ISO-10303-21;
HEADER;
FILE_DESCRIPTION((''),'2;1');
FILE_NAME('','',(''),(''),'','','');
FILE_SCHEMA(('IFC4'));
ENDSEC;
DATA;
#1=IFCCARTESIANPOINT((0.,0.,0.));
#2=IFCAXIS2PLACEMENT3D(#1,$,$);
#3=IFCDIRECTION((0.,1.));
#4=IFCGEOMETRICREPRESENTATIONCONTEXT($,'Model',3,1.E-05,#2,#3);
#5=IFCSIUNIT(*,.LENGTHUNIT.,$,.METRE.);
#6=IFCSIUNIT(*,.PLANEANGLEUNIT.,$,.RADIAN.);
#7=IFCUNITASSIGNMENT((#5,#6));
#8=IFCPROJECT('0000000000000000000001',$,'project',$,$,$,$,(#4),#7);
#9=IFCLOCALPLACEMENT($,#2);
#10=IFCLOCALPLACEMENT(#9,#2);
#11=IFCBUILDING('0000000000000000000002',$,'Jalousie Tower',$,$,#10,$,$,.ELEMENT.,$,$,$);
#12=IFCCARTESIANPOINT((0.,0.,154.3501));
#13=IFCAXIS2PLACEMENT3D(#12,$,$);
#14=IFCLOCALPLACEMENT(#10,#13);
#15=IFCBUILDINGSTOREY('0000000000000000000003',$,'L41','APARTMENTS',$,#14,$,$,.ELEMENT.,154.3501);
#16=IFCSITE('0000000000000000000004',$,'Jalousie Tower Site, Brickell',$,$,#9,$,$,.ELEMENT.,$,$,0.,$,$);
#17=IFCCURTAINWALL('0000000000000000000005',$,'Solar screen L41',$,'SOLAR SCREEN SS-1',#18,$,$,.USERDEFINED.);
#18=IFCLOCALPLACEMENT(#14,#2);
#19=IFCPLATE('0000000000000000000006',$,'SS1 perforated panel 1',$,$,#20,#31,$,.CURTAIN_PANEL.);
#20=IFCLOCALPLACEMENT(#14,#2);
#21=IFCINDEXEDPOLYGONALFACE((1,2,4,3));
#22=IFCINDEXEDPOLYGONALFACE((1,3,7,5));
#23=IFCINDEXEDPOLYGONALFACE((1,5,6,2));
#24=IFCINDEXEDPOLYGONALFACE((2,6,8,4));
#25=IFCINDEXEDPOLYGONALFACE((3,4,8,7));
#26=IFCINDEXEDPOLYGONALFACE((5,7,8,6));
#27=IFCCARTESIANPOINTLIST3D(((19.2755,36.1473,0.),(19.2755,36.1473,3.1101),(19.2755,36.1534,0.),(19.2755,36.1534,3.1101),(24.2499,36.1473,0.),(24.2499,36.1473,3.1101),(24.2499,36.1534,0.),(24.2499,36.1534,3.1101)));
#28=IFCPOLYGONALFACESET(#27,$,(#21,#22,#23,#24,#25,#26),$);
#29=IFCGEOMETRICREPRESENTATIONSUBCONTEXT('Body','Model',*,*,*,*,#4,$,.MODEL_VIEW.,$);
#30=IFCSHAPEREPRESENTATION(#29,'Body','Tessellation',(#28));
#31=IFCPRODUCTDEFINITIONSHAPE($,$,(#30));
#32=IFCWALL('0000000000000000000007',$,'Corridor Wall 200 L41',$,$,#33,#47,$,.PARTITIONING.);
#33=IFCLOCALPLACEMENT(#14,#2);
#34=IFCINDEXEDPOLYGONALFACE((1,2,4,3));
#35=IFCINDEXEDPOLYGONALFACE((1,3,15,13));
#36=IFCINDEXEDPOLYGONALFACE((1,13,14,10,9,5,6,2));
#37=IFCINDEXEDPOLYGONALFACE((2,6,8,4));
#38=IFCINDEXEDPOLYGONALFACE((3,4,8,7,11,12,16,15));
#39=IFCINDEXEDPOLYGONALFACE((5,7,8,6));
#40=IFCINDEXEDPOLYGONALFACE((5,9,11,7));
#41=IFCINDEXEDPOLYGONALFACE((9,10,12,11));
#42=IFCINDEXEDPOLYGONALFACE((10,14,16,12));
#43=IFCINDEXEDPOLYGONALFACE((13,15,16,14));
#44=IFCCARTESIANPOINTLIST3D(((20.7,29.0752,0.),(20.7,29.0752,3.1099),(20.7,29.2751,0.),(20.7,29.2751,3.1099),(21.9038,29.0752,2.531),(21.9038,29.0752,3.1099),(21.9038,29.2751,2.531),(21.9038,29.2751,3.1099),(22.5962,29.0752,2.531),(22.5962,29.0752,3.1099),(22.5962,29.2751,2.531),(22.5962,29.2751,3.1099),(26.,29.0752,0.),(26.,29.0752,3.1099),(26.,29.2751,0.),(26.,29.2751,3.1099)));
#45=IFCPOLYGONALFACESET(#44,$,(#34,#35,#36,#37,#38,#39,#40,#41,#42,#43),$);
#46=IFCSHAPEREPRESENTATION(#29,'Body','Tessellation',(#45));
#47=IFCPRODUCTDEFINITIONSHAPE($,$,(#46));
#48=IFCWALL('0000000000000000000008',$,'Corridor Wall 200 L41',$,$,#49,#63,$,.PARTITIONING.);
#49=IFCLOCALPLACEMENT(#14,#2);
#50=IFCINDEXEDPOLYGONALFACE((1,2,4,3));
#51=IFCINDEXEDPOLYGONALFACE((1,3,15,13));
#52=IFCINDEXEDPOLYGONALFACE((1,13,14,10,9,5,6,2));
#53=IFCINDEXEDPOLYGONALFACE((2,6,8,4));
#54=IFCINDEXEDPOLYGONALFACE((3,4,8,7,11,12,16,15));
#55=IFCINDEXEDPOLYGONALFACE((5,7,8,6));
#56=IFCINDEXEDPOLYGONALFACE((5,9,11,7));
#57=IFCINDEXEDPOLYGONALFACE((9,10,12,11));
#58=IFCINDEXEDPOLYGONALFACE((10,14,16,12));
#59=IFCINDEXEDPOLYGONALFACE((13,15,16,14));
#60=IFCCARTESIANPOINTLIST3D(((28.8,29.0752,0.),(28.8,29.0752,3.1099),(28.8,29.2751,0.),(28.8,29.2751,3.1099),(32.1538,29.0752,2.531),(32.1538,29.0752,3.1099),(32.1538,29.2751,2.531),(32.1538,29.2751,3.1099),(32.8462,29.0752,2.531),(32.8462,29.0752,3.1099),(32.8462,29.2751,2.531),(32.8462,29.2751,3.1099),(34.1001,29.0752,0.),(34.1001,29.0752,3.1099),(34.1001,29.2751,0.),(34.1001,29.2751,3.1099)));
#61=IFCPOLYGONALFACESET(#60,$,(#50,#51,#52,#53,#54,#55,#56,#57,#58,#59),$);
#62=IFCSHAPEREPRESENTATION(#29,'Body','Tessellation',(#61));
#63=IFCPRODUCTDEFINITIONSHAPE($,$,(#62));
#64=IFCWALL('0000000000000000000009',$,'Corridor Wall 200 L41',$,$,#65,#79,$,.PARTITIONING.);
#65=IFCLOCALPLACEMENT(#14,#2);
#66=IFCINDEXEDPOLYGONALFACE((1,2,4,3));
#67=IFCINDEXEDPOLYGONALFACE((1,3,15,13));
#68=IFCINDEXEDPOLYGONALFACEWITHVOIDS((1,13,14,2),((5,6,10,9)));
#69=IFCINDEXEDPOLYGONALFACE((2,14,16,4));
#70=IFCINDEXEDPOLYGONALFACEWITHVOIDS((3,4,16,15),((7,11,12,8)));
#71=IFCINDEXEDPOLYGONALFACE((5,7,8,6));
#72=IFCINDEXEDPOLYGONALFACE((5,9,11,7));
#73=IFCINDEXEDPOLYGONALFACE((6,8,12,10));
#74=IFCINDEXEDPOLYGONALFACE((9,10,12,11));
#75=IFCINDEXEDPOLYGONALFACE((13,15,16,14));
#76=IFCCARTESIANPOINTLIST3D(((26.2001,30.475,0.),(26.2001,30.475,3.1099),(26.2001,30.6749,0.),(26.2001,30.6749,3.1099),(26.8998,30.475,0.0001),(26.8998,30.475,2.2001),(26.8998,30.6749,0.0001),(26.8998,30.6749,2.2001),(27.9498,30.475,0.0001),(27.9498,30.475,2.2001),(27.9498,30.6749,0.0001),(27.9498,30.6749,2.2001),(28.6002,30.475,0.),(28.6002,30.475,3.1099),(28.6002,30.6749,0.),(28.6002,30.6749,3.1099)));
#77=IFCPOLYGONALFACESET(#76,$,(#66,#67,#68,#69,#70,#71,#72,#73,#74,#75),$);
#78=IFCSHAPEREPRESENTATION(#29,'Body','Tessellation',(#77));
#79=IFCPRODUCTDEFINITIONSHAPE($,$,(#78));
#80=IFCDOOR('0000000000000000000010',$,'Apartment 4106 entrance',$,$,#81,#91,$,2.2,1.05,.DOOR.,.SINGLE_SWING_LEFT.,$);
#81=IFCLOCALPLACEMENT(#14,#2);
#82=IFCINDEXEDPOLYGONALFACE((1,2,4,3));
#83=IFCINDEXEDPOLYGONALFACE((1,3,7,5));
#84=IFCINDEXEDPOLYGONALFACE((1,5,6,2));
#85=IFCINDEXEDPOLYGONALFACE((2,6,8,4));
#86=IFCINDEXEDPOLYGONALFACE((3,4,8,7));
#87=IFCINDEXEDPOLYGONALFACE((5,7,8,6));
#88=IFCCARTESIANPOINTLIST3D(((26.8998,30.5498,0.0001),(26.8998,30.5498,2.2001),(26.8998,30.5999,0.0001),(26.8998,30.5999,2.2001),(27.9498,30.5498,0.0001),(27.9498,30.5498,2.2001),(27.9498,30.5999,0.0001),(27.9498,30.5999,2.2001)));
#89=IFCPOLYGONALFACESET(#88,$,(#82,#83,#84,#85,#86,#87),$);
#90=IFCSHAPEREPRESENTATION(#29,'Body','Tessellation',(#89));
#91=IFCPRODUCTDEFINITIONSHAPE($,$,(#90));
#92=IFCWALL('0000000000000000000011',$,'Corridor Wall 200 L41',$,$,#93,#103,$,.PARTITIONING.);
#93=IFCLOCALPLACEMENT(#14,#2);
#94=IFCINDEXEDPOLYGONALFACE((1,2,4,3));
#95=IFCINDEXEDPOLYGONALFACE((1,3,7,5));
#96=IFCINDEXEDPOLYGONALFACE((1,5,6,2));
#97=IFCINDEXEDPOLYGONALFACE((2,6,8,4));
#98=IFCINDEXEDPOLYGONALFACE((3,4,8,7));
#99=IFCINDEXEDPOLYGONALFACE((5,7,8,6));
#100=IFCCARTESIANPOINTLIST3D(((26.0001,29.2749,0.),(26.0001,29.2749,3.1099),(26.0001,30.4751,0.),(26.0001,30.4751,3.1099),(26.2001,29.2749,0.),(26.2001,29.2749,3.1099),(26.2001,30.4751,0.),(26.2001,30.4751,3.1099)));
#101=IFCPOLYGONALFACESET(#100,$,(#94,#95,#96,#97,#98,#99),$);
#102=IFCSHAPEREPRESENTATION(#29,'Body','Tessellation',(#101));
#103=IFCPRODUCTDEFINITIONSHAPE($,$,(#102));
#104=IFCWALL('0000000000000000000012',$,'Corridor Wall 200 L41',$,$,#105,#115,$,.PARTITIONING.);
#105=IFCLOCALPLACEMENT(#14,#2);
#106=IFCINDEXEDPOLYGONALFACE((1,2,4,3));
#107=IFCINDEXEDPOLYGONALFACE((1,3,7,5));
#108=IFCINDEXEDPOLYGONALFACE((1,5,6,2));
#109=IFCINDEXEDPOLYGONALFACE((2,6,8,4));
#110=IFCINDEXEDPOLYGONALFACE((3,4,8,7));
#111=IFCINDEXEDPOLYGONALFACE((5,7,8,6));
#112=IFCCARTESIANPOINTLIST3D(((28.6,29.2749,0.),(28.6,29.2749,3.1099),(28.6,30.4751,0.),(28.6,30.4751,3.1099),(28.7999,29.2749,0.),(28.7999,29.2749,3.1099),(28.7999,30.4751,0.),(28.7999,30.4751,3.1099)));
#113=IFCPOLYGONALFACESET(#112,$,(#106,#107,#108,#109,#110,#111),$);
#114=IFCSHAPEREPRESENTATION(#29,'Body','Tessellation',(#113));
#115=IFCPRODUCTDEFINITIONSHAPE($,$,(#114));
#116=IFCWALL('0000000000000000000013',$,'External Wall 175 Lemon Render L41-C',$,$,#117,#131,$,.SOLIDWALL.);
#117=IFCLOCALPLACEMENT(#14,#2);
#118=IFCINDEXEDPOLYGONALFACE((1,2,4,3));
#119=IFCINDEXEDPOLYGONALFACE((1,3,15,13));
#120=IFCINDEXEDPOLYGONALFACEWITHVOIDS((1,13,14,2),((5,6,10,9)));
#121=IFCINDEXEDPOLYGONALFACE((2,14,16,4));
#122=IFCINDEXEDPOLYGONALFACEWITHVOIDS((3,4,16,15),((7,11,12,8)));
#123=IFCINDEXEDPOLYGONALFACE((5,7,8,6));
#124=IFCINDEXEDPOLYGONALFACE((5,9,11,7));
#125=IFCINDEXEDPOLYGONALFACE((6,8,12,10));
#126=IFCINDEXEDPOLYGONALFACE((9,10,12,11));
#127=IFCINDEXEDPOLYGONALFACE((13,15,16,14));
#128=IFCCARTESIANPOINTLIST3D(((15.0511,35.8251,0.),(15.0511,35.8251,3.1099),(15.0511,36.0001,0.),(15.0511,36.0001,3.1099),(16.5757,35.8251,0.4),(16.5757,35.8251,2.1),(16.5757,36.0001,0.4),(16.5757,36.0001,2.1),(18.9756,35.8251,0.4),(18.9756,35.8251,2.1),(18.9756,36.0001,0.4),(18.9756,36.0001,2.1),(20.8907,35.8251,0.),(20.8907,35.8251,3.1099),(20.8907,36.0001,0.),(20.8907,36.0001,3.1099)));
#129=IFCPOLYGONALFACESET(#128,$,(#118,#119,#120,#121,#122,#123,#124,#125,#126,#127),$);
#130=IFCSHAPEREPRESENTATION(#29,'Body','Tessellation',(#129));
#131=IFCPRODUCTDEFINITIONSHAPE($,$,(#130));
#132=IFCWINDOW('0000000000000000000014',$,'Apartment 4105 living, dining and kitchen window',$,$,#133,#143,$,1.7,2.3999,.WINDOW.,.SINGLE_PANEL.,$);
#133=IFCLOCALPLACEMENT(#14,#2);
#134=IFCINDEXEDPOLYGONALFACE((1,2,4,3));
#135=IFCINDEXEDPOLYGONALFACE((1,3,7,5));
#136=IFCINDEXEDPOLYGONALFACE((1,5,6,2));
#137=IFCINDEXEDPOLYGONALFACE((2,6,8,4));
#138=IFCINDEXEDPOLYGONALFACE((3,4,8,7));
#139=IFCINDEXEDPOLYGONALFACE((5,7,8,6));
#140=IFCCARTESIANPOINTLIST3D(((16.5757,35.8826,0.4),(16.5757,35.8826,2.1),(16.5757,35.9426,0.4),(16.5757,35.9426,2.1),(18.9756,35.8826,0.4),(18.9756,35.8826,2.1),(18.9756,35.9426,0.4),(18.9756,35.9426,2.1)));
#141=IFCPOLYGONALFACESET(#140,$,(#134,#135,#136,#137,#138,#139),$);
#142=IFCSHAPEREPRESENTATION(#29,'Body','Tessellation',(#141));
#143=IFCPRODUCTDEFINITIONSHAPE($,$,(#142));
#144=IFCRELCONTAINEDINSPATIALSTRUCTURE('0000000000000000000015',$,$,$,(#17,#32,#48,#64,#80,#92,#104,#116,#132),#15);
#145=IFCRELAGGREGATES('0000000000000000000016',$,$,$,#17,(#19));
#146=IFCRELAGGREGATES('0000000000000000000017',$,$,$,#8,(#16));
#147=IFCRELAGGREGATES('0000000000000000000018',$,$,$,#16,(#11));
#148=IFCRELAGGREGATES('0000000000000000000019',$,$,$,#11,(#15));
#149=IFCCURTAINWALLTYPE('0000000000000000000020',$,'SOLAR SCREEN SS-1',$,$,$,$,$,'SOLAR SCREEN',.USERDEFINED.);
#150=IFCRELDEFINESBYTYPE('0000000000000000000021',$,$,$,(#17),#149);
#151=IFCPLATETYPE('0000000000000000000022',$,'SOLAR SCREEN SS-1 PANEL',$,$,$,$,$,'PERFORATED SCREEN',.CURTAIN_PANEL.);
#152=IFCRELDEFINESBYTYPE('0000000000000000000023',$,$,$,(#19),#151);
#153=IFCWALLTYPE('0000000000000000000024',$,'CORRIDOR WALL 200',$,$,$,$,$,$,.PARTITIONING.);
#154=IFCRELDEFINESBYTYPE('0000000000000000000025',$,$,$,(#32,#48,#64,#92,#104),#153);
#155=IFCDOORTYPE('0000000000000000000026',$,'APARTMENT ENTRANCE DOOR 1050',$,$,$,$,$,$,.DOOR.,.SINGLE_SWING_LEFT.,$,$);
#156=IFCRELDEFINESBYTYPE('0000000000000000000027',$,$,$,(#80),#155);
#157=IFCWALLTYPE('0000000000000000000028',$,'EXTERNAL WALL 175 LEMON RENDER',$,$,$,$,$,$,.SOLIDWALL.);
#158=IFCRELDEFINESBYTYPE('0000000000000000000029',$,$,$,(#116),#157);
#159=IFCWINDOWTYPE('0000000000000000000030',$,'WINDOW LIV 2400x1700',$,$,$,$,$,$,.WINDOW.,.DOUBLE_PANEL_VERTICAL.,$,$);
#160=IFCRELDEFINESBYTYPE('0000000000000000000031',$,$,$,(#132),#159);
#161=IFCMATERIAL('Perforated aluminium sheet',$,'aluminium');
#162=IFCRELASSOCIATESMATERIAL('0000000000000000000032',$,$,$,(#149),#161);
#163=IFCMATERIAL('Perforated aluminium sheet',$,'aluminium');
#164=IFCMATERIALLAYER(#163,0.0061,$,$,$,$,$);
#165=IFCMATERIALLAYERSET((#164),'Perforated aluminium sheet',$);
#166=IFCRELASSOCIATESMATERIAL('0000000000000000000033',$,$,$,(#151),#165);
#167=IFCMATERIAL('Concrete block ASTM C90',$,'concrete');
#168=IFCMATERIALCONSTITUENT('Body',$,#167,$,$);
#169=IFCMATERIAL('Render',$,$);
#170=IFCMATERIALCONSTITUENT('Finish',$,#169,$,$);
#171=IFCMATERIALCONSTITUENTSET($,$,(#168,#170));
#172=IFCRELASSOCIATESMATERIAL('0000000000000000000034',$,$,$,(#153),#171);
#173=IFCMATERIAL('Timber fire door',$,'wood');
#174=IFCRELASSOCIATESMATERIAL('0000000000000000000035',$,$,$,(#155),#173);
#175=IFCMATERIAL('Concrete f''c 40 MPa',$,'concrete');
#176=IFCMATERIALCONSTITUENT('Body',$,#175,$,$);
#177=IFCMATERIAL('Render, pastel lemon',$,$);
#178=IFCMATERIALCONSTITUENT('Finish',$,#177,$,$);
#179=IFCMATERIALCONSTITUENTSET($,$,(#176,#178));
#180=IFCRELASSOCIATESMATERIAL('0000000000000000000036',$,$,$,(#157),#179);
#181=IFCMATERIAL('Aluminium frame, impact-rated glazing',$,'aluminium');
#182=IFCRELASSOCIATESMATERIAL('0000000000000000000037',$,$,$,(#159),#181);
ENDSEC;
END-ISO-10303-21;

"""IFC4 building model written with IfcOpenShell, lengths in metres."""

from ifc_helpers import new_model, si_unit, direction, frame, frame_2d, origin, origin_2d, place, context, subcontext, project, spatial, polyline, rectangle, outline, extrude, material, layer, layer_set, constituent, constituent_set, type_object, element, fill, aggregate, save


model = new_model("IFC4")

# Units and contexts
model_context = context("Model", 3, precision=1e-05, world=origin(), true_north=direction((0.0, 1.0)))
body_context = subcontext(model_context, "Body", "Model", "MODEL_VIEW")
ifc_project = project(units=[si_unit("LENGTHUNIT", "METRE"), si_unit("PLANEANGLEUNIT", "RADIAN")], contexts=[model_context])

# Site, building, storey
site_placement = place(None, origin())
site = spatial("IfcSite", under=ifc_project, at=site_placement, Name="Jalousie Tower Site, Brickell", CompositionType="ELEMENT", RefElevation=0.0)
building_placement = place(site_placement, origin())
building = spatial("IfcBuilding", under=site, at=building_placement, Name="Jalousie Tower", CompositionType="ELEMENT")
storey_placement = place(building_placement, frame((0.0, 0.0, 154.3501)))
storey = spatial("IfcBuildingStorey", under=building, at=storey_placement, Name="L41", Description="APARTMENTS", CompositionType="ELEMENT", Elevation=154.3501)

# Shared definitions
ifc_material_1 = material(Name="Perforated aluminium sheet", Category="aluminium")
curtain_wall_type = type_object("IfcCurtainWallType", Name="SOLAR SCREEN SS-1", ElementType="SOLAR SCREEN", PredefinedType="USERDEFINED", material=ifc_material_1)

# Curtain wall, plate
curtain_wall_1_placement = place(storey_placement, origin())
curtain_wall_1 = element("IfcCurtainWall", 1, at=curtain_wall_1_placement, inside=storey, type_object=curtain_wall_type, Name="Solar screen L41", ObjectType="SOLAR SCREEN SS-1", PredefinedType="USERDEFINED")
ifc_material_2 = material(Name="Perforated aluminium sheet", Category="aluminium")
ifc_layer_1 = layer(ifc_material_2, 0.0061)
ifc_layer_set_1 = layer_set([ifc_layer_1], Name="Perforated aluminium sheet")
plate_type = type_object("IfcPlateType", Name="SOLAR SCREEN SS-1 PANEL", ElementType="PERFORATED SCREEN", PredefinedType="CURTAIN_PANEL", material=ifc_layer_set_1)
plate_placement = place(storey_placement, frame((21.7627, 36.1504, 0.0), z_axis=(0.0, 0.0, 1.0), x_axis=(-1.0, 0.0, 0.0)))
plate = element("IfcPlate", 2, at=plate_placement, type_object=plate_type, Name="SS1 perforated panel 1", PredefinedType="CURTAIN_PANEL", context=body_context, shape_type="SweptSolid", body=[
    extrude(rectangle(XDim=4.9744, YDim=0.0061, at=origin_2d()), origin(), (0.0, 0.0, 1.0), 3.1101),
])
aggregate(curtain_wall_1, [plate])

# Walls
ifc_material_3 = material(Name="Concrete block ASTM C90", Category="concrete")
ifc_constituent_1 = constituent(ifc_material_3, Name="Body")
ifc_material_4 = material(Name="Render")
ifc_constituent_2 = constituent(ifc_material_4, Name="Finish")
ifc_constituent_set_1 = constituent_set(constituents=[ifc_constituent_1, ifc_constituent_2])
wall_type_1 = type_object("IfcWallType", Name="CORRIDOR WALL 200", PredefinedType="PARTITIONING", material=ifc_constituent_set_1)
wall_1_placement = place(storey_placement, frame((20.7, 29.175, 0.0), z_axis=(0.0, 0.0, 1.0), x_axis=(1.0, 0.0, 0.0)))
element("IfcWall", 3, at=wall_1_placement, inside=storey, type_object=wall_type_1, Name="Corridor Wall 200 L41", PredefinedType="PARTITIONING", context=body_context, shape_type="SweptSolid", body=[
    extrude(outline(polyline([(0.0, 0.0), (5.3, 0.0), (5.3, 3.1099), (1.8962, 3.1099), (1.8962, 2.531), (1.2039, 2.531), (1.2039, 3.1099), (0.0, 3.1099), (0.0, 0.0)])), frame((0.0, 0.1001, 0.0), z_axis=(0.0, -1.0, 0.0), x_axis=(1.0, 0.0, 0.0)), (0.0, 0.0, 1.0), 0.2),
])
wall_2_placement = place(storey_placement, frame((28.8, 29.175, 0.0), z_axis=(0.0, 0.0, 1.0), x_axis=(1.0, 0.0, 0.0)))
element("IfcWall", 4, at=wall_2_placement, inside=storey, type_object=wall_type_1, Name="Corridor Wall 200 L41", PredefinedType="PARTITIONING", context=body_context, shape_type="SweptSolid", body=[
    extrude(outline(polyline([(0.0, 0.0), (5.3, 0.0), (5.3, 3.1099), (4.0461, 3.1099), (4.0461, 2.531), (3.3538, 2.531), (3.3538, 3.1099), (0.0, 3.1099), (0.0, 0.0)])), frame((0.0, 0.1001, 0.0), z_axis=(0.0, -1.0, 0.0), x_axis=(1.0, 0.0, 0.0)), (0.0, 0.0, 1.0), 0.2),
])

# Wall, opening, door
wall_3_placement = place(storey_placement, frame((26.2, 30.575, 0.0), z_axis=(0.0, 0.0, 1.0), x_axis=(1.0, 0.0, 0.0)))
wall_3 = element("IfcWall", 5, at=wall_3_placement, inside=storey, type_object=wall_type_1, Name="Corridor Wall 200 L41", PredefinedType="PARTITIONING", context=body_context, shape_type="SweptSolid", body=[
    extrude(rectangle(XDim=2.4001, YDim=0.2, at=frame_2d((1.2002, 0.0))), origin(), (0.0, 0.0, 1.0), 3.1099),
])
opening_1_placement = place(wall_3_placement, frame((0.7, 0.0, 0.0)))
opening_1 = element("IfcOpeningElement", 6, at=opening_1_placement, cuts=wall_3, PredefinedType="OPENING", context=body_context, shape_type="SweptSolid", body=[
    extrude(rectangle(XDim=1.05, YDim=2.2, at=frame_2d((0.5249, 1.1001))), frame((0.0, 0.1099, 0.0), z_axis=(0.0, -1.0, 0.0), x_axis=(1.0, 0.0, 0.0)), (0.0, 0.0, 1.0), 0.22),
])
ifc_material_5 = material(Name="Timber fire door", Category="wood")
door_type_1 = type_object("IfcDoorType", Name="APARTMENT ENTRANCE DOOR 1050", OperationType="SINGLE_SWING_LEFT", PredefinedType="DOOR", material=ifc_material_5)
door_1_placement = place(opening_1_placement, origin())
door_1 = element("IfcDoor", 7, at=door_1_placement, inside=storey, type_object=door_type_1, Name="Apartment 4106 entrance", OperationType="SINGLE_SWING_LEFT", OverallHeight=2.2, OverallWidth=1.05, PredefinedType="DOOR", context=body_context, shape_type="SweptSolid", body=[
    extrude(rectangle(XDim=1.05, YDim=2.2, at=frame_2d((0.5249, 1.1001))), frame((0.0, 0.0249, 0.0), z_axis=(0.0, -1.0, 0.0), x_axis=(1.0, 0.0, 0.0)), (0.0, 0.0, 1.0), 0.05),
])
fill(opening_1, door_1)

# Walls
for number, where, z_axis, x_axis, name in (
    (8, (26.1001, 29.2749, 0.0), (0.0, 0.0, 1.0), (0.0, 1.0, 0.0), "Corridor Wall 200 L41"),
    (9, (28.7, 29.2749, 0.0), (0.0, 0.0, 1.0), (0.0, 1.0, 0.0), "Corridor Wall 200 L41"),
):
    element("IfcWall", number, at=place(storey_placement, frame(where, z_axis=z_axis, x_axis=x_axis)), inside=storey, type_object=wall_type_1, Name=name, PredefinedType="PARTITIONING", context=body_context, shape_type="SweptSolid", body=[
        extrude(rectangle(XDim=1.2002, YDim=0.2, at=frame_2d((0.6001, 0.0))), origin(), (0.0, 0.0, 1.0), 3.1099),
    ])

# Wall, opening, window
ifc_material_6 = material(Name="Concrete f'c 40 MPa", Category="concrete")
ifc_constituent_3 = constituent(ifc_material_6, Name="Body")
ifc_material_7 = material(Name="Render, pastel lemon")
ifc_constituent_4 = constituent(ifc_material_7, Name="Finish")
ifc_constituent_set_2 = constituent_set(constituents=[ifc_constituent_3, ifc_constituent_4])
wall_type_2 = type_object("IfcWallType", Name="EXTERNAL WALL 175 LEMON RENDER", PredefinedType="SOLIDWALL", material=ifc_constituent_set_2)
wall_4_placement = place(storey_placement, frame((20.8909, 35.9126, 0.0), z_axis=(0.0, 0.0, 1.0), x_axis=(-1.0, 0.0, 0.0)))
wall_4 = element("IfcWall", 10, at=wall_4_placement, inside=storey, type_object=wall_type_2, Name="External Wall 175 Lemon Render L41-C", PredefinedType="SOLIDWALL", context=body_context, shape_type="SweptSolid", body=[
    extrude(rectangle(XDim=5.8396, YDim=0.175, at=frame_2d((2.9199, 0.0))), origin(), (0.0, 0.0, 1.0), 3.1099),
])
opening_2_placement = place(wall_4_placement, frame((1.9153, 0.0, 0.3999)))
opening_2 = element("IfcOpeningElement", 11, at=opening_2_placement, cuts=wall_4, PredefinedType="OPENING", context=body_context, shape_type="SweptSolid", body=[
    extrude(rectangle(XDim=2.3999, YDim=1.7, at=frame_2d((1.2, 0.8501))), frame((0.0, 0.0974, 0.0), z_axis=(0.0, -1.0, 0.0), x_axis=(1.0, 0.0, 0.0)), (0.0, 0.0, 1.0), 0.1951),
])
ifc_material_8 = material(Name="Aluminium frame, impact-rated glazing", Category="aluminium")
window_type = type_object("IfcWindowType", Name="WINDOW LIV 2400x1700", PartitioningType="DOUBLE_PANEL_VERTICAL", PredefinedType="WINDOW", material=ifc_material_8)
window_placement = place(opening_2_placement, origin())
window = element("IfcWindow", 12, at=window_placement, inside=storey, type_object=window_type, Name="Apartment 4105 living, dining and kitchen window", OverallHeight=1.7, OverallWidth=2.3999, PartitioningType="SINGLE_PANEL", PredefinedType="WINDOW", context=body_context, shape_type="SweptSolid", body=[
    extrude(rectangle(XDim=2.3999, YDim=1.7, at=frame_2d((1.2, 0.8501))), frame((0.0, 0.03, 0.0), z_axis=(0.0, -1.0, 0.0), x_axis=(1.0, 0.0, 0.0)), (0.0, 0.0, 1.0), 0.0601),
])
fill(opening_2, window)

save(model, "model.ifc")
